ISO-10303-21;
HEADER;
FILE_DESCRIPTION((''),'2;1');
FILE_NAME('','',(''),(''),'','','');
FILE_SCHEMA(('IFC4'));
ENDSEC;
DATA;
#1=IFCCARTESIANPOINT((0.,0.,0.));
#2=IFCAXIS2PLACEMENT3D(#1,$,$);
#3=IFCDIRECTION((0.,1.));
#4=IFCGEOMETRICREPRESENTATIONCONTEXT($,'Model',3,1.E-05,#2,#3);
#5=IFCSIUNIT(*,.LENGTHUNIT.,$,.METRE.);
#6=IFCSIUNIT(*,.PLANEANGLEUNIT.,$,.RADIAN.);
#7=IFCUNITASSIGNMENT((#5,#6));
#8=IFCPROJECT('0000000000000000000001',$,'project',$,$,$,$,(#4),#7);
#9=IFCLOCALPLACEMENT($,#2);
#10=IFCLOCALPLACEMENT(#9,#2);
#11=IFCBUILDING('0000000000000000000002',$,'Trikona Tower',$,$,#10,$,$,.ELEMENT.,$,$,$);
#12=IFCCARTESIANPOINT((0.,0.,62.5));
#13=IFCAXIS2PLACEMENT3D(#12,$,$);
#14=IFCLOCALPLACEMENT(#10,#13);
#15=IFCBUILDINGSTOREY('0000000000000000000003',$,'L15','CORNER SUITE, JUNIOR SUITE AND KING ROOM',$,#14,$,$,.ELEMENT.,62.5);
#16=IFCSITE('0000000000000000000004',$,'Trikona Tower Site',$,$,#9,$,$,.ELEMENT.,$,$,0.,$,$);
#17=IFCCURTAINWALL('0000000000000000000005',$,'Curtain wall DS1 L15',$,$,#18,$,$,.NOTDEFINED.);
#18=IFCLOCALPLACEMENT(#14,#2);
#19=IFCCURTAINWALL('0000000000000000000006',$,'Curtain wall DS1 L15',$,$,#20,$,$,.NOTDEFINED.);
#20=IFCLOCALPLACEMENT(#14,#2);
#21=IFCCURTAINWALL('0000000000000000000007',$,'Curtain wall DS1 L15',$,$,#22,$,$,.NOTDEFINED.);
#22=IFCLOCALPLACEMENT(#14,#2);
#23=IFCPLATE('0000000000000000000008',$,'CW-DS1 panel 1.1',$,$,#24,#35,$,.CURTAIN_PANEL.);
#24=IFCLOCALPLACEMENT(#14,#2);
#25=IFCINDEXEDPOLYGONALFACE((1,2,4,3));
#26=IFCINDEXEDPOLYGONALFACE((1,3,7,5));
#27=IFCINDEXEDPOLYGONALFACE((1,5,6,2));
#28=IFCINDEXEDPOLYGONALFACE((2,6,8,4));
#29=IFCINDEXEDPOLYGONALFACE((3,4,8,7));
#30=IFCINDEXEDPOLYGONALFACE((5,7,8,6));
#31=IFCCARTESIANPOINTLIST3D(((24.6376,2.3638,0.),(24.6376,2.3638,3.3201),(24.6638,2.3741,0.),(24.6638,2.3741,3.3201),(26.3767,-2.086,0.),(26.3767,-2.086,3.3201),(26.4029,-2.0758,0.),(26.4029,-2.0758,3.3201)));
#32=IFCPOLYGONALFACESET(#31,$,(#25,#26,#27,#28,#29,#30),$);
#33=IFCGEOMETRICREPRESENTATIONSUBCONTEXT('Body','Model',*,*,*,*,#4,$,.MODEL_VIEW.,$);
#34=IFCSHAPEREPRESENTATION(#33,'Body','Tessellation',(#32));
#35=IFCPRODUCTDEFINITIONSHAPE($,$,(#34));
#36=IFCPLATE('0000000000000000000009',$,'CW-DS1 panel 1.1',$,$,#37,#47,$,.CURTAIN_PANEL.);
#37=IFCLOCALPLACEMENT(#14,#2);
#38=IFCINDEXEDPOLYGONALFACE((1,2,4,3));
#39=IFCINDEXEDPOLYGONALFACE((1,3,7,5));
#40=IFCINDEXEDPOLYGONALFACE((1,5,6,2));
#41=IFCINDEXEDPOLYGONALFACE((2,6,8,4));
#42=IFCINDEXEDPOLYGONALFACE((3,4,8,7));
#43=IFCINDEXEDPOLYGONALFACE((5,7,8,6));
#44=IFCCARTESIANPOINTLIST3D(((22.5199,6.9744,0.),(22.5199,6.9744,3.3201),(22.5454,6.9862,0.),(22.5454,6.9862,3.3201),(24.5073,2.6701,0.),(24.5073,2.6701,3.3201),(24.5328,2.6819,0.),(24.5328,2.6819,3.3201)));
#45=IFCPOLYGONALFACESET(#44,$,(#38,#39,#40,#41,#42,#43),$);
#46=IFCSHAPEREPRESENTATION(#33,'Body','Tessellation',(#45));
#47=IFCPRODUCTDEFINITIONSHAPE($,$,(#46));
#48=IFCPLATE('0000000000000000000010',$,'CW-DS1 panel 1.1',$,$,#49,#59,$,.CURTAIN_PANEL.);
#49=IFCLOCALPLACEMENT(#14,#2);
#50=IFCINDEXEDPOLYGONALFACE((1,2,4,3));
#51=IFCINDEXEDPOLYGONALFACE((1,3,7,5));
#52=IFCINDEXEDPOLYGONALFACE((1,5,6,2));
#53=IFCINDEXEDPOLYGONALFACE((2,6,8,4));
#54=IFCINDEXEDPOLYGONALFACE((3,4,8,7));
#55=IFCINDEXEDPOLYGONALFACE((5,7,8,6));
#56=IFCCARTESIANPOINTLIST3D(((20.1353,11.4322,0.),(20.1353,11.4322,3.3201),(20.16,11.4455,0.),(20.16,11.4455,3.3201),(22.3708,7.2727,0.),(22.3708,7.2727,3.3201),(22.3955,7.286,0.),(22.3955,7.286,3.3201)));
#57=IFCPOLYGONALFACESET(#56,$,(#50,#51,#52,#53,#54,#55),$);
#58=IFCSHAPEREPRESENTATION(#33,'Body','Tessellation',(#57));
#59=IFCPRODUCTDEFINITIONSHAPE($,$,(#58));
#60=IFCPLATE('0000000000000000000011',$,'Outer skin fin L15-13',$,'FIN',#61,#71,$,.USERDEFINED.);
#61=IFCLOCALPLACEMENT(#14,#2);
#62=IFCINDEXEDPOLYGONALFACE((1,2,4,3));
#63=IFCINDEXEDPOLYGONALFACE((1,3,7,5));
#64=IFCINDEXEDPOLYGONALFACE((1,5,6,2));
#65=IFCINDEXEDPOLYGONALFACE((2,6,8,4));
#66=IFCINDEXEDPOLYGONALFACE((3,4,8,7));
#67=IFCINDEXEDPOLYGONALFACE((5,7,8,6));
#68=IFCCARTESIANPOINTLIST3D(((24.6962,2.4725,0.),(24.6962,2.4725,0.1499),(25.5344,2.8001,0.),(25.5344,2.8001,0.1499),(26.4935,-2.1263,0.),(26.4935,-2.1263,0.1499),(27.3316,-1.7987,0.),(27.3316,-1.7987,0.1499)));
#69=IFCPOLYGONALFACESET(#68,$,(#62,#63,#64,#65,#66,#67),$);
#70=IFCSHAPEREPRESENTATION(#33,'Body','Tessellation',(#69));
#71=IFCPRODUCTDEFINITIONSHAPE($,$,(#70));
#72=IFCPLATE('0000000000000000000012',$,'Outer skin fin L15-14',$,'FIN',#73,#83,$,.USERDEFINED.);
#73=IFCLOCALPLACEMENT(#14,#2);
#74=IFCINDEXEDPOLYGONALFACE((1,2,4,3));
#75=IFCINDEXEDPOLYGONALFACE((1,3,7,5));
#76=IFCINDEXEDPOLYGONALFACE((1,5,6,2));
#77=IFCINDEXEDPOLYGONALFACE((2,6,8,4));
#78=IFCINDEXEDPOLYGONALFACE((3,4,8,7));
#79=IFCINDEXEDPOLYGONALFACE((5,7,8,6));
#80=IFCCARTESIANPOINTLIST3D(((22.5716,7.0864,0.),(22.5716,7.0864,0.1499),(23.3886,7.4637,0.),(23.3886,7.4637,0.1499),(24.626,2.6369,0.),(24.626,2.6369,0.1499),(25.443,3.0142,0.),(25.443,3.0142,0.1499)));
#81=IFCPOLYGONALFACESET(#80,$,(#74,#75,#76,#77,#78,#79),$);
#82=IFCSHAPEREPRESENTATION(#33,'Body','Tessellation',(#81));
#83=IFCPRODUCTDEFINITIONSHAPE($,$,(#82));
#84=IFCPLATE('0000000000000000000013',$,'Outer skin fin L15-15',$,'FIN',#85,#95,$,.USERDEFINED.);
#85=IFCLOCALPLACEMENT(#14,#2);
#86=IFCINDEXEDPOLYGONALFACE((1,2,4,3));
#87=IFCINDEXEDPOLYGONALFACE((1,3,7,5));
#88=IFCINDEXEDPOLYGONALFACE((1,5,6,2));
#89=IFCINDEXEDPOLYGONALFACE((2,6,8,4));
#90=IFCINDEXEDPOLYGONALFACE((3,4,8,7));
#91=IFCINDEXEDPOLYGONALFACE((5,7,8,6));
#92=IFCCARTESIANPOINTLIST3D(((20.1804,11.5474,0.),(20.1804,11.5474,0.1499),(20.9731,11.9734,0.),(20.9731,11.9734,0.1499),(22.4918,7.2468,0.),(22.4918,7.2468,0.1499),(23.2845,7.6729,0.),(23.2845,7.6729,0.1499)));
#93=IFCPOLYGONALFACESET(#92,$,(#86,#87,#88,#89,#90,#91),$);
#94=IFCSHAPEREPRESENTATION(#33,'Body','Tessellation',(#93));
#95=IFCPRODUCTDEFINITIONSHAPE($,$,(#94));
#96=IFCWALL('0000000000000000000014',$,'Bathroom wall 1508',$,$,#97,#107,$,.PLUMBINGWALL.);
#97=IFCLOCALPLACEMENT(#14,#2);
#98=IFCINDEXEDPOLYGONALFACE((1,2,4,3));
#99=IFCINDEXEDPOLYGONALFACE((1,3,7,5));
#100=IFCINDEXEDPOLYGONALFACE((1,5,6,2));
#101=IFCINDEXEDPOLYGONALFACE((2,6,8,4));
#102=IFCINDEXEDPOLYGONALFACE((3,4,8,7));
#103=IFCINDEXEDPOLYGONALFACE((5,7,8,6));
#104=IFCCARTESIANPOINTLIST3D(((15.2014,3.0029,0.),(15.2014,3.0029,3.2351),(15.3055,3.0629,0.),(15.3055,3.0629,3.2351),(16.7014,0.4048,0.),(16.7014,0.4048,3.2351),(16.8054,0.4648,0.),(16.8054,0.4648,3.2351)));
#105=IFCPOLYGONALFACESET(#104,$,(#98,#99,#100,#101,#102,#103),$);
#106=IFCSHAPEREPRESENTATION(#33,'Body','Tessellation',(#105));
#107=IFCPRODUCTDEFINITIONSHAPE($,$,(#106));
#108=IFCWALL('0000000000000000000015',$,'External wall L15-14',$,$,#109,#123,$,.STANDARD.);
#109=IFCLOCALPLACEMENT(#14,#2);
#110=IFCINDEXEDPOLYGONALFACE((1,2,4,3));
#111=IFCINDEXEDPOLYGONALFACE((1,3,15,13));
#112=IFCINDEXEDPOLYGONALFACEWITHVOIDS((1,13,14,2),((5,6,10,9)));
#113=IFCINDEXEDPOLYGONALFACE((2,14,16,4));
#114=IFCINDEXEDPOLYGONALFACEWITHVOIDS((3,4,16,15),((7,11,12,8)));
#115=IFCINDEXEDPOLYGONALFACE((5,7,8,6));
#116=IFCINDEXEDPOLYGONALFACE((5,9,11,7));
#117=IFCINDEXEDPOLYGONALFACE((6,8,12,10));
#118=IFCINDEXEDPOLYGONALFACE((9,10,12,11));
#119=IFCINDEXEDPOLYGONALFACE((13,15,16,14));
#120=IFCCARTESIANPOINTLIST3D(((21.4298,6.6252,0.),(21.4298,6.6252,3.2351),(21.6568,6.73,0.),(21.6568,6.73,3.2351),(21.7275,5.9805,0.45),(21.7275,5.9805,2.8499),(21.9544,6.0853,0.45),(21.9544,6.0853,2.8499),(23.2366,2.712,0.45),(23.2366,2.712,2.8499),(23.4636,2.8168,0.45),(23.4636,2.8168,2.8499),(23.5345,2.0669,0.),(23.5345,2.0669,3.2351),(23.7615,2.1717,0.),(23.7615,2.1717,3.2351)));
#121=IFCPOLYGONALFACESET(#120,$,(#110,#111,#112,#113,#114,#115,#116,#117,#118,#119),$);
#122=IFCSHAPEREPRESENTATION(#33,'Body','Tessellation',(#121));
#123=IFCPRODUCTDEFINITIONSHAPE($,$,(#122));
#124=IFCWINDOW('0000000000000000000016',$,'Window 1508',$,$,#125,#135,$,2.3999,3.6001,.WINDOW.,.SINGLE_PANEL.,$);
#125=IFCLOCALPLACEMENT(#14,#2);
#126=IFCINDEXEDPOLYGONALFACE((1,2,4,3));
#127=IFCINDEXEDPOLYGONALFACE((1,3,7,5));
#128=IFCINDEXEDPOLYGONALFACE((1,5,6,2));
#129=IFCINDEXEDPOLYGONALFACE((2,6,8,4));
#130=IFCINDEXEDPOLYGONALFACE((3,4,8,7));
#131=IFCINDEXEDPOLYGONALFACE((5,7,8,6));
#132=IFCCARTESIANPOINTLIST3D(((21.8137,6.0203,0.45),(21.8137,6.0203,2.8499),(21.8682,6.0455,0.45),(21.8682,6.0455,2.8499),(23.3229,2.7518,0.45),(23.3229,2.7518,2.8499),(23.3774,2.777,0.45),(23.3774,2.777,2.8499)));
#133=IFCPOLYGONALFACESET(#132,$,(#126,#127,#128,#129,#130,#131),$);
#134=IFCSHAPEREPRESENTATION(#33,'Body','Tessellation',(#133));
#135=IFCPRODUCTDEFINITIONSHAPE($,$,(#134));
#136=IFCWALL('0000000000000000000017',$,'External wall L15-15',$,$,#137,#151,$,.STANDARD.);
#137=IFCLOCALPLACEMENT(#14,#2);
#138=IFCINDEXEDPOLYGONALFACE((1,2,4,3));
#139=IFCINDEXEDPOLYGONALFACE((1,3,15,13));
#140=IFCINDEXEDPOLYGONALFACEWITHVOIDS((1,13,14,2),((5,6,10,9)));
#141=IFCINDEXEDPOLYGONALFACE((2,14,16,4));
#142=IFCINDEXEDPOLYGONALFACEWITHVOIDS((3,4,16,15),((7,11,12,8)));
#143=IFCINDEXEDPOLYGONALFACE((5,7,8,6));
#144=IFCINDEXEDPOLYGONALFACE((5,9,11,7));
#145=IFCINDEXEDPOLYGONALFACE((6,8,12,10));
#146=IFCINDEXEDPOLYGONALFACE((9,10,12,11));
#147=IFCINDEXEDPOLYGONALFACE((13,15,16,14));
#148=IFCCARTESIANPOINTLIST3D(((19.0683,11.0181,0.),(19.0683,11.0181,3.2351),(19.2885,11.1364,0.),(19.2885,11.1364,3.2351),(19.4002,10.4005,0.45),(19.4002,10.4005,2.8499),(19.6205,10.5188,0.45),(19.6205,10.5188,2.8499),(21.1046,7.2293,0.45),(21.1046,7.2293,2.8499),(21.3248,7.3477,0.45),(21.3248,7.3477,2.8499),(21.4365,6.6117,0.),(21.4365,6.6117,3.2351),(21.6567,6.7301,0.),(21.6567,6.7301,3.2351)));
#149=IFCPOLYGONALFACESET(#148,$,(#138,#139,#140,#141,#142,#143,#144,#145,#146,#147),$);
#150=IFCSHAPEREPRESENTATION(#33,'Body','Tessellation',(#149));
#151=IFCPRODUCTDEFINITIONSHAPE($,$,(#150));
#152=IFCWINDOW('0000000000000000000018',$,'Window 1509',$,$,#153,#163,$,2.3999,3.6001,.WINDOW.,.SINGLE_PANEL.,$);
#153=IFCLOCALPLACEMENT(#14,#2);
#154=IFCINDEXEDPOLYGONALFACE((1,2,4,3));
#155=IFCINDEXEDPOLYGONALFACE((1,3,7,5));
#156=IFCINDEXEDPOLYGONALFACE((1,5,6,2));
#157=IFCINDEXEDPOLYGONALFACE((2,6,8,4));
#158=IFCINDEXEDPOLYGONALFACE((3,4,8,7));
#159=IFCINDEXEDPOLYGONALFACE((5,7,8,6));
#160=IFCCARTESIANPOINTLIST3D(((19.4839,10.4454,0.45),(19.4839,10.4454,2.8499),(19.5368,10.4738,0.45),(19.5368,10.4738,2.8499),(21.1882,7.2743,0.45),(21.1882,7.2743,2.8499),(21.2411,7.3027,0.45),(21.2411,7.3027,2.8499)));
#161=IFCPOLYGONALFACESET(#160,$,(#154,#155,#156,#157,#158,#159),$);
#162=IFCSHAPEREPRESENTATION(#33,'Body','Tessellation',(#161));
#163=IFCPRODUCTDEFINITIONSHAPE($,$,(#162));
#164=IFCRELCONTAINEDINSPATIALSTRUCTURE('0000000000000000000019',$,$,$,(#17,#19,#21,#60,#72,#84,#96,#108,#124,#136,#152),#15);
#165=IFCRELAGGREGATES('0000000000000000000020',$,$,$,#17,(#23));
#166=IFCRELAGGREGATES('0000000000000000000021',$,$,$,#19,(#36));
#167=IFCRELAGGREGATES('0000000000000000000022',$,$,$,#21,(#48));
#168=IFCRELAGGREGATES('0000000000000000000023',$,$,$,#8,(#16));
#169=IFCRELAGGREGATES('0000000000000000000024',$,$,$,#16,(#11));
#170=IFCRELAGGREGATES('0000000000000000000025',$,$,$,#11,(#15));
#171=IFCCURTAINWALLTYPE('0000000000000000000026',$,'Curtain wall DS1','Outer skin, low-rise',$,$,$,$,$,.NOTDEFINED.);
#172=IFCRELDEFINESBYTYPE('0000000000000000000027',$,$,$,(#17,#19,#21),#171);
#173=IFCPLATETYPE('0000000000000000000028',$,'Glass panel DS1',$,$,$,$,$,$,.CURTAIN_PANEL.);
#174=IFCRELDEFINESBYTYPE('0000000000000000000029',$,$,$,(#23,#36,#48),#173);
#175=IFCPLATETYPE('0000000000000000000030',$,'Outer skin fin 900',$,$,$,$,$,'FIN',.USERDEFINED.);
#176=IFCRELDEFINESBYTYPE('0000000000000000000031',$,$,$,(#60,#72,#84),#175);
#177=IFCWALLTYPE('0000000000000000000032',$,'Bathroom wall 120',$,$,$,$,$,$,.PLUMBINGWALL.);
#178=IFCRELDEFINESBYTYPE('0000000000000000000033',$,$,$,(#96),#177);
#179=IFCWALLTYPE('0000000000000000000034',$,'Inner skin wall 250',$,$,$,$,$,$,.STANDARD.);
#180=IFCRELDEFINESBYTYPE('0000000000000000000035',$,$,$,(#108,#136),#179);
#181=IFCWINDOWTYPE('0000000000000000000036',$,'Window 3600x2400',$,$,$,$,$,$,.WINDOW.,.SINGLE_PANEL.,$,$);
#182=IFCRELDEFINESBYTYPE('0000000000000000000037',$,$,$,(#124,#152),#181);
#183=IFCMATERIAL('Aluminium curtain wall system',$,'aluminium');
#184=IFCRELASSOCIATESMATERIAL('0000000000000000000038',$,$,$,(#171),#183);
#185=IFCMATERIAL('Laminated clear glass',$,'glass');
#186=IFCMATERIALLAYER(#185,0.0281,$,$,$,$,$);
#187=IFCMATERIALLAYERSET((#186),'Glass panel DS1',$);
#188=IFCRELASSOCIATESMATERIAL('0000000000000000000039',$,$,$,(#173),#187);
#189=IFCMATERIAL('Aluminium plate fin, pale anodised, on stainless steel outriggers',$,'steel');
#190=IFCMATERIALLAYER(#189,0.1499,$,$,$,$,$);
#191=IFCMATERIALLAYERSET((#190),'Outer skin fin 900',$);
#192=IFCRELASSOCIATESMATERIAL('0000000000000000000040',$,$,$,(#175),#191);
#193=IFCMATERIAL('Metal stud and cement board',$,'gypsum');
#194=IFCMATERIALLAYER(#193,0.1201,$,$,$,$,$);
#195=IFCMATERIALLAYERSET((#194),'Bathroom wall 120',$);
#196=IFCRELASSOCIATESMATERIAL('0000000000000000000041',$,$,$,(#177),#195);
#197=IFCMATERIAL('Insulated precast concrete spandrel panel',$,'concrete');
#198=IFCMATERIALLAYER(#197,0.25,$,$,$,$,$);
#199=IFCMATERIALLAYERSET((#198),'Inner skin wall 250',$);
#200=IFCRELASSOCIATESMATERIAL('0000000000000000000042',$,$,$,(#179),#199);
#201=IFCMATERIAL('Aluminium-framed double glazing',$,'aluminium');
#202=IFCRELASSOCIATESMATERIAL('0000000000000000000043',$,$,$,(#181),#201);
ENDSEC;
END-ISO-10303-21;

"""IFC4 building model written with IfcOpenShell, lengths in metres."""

from ifc_helpers import new_model, si_unit, direction, frame, frame_2d, origin, origin_2d, place, context, subcontext, project, spatial, rectangle, extrude, material, layer, layer_set, type_object, element, fill, aggregate, save


model = new_model("IFC4")

# Units and contexts
model_context = context("Model", 3, precision=1e-05, world=origin(), true_north=direction((0.0, 1.0)))
body_context = subcontext(model_context, "Body", "Model", "MODEL_VIEW")
ifc_project = project(units=[si_unit("LENGTHUNIT", "METRE"), si_unit("PLANEANGLEUNIT", "RADIAN")], contexts=[model_context])

# Site, building, storey
site_placement = place(None, origin())
site = spatial("IfcSite", under=ifc_project, at=site_placement, Name="Trikona Tower Site", CompositionType="ELEMENT", RefElevation=0.0)
building_placement = place(site_placement, origin())
building = spatial("IfcBuilding", under=site, at=building_placement, Name="Trikona Tower", CompositionType="ELEMENT")
storey_placement = place(building_placement, frame((0.0, 0.0, 62.5)))
storey = spatial("IfcBuildingStorey", under=building, at=storey_placement, Name="L15", Description="CORNER SUITE, JUNIOR SUITE AND KING ROOM", CompositionType="ELEMENT", Elevation=62.5)

# Curtain wall
ifc_material_1 = material(Name="Aluminium curtain wall system", Category="aluminium")
curtain_wall_type = type_object("IfcCurtainWallType", Name="Curtain wall DS1", Description="Outer skin, low-rise", PredefinedType="NOTDEFINED", material=ifc_material_1)
curtain_wall_1_placement = place(storey_placement, origin())
curtain_wall_1 = element("IfcCurtainWall", 1, at=curtain_wall_1_placement, inside=storey, type_object=curtain_wall_type, Name="Curtain wall DS1 L15", PredefinedType="NOTDEFINED")

# Curtain walls
curtain_wall_2_placement = place(storey_placement, origin())
curtain_wall_2 = element("IfcCurtainWall", 2, at=curtain_wall_2_placement, inside=storey, type_object=curtain_wall_type, Name="Curtain wall DS1 L15", PredefinedType="NOTDEFINED")
curtain_wall_3_placement = place(storey_placement, origin())
curtain_wall_3 = element("IfcCurtainWall", 3, at=curtain_wall_3_placement, inside=storey, type_object=curtain_wall_type, Name="Curtain wall DS1 L15", PredefinedType="NOTDEFINED")

# Plates
ifc_material_2 = material(Name="Laminated clear glass", Category="glass")
ifc_layer_1 = layer(ifc_material_2, 0.0281)
ifc_layer_set_1 = layer_set([ifc_layer_1], Name="Glass panel DS1")
plate_type_1 = type_object("IfcPlateType", Name="Glass panel DS1", PredefinedType="CURTAIN_PANEL", material=ifc_layer_set_1)
plate_1_placement = place(storey_placement, frame((25.5203, 0.144, 0.0), z_axis=(0.0, 0.0, 1.0), x_axis=(-0.364008, 0.931396, 0.0)))
plate_1 = element("IfcPlate", 4, at=plate_1_placement, type_object=plate_type_1, Name="CW-DS1 panel 1.1", PredefinedType="CURTAIN_PANEL", context=body_context, shape_type="SweptSolid", body=[
    extrude(rectangle(XDim=4.7776, YDim=0.0281, at=origin_2d()), origin(), (0.0, 0.0, 1.0), 3.3201),
])
aggregate(curtain_wall_1, [plate_1])
plate_2_placement = place(storey_placement, frame((23.5264, 4.8281, 0.0), z_axis=(0.0, 0.0, 1.0), x_axis=(-0.41919, 0.907898, 0.0)))
plate_2 = element("IfcPlate", 5, at=plate_2_placement, type_object=plate_type_1, Name="CW-DS1 panel 1.1", PredefinedType="CURTAIN_PANEL", context=body_context, shape_type="SweptSolid", body=[
    extrude(rectangle(XDim=4.741, YDim=0.0281, at=origin_2d()), origin(), (0.0, 0.0, 1.0), 3.3201),
])
aggregate(curtain_wall_2, [plate_2])
plate_3_placement = place(storey_placement, frame((21.2654, 9.3591, 0.0), z_axis=(0.0, 0.0, 1.0), x_axis=(-0.473408, 0.880843, 0.0)))
plate_3 = element("IfcPlate", 6, at=plate_3_placement, type_object=plate_type_1, Name="CW-DS1 panel 1.1", PredefinedType="CURTAIN_PANEL", context=body_context, shape_type="SweptSolid", body=[
    extrude(rectangle(XDim=4.7222, YDim=0.0281, at=origin_2d()), origin(), (0.0, 0.0, 1.0), 3.3201),
])
aggregate(curtain_wall_3, [plate_3])

# Plates
ifc_material_3 = material(Name="Aluminium plate fin, pale anodised, on stainless steel outriggers", Category="steel")
ifc_layer_2 = layer(ifc_material_3, 0.1499)
ifc_layer_set_2 = layer_set([ifc_layer_2], Name="Outer skin fin 900")
plate_type_2 = type_object("IfcPlateType", Name="Outer skin fin 900", ElementType="FIN", PredefinedType="USERDEFINED", material=ifc_layer_set_2)
plate_4_placement = place(storey_placement, frame((26.0139, 0.3369, 0.0), z_axis=(0.0, 0.0, 1.0), x_axis=(-0.364009, 0.931395, 0.0)))
element("IfcPlate", 7, at=plate_4_placement, inside=storey, type_object=plate_type_2, Name="Outer skin fin L15-13", ObjectType="FIN", PredefinedType="USERDEFINED", context=body_context, shape_type="SweptSolid", body=[
    extrude(rectangle(XDim=4.9375, YDim=0.8999, at=origin_2d()), origin(), (0.0, 0.0, 1.0), 0.1499),
])
plate_5_placement = place(storey_placement, frame((24.0073, 5.0503, 0.0), z_axis=(0.0, 0.0, 1.0), x_axis=(-0.419194, 0.907897, 0.0)))
element("IfcPlate", 8, at=plate_5_placement, inside=storey, type_object=plate_type_2, Name="Outer skin fin L15-14", ObjectType="FIN", PredefinedType="USERDEFINED", context=body_context, shape_type="SweptSolid", body=[
    extrude(rectangle(XDim=4.9009, YDim=0.8999, at=origin_2d()), origin(), (0.0, 0.0, 1.0), 0.1499),
])
plate_6_placement = place(storey_placement, frame((21.7324, 9.6101, 0.0), z_axis=(0.0, 0.0, 1.0), x_axis=(-0.473423, 0.880835, 0.0)))
element("IfcPlate", 9, at=plate_6_placement, inside=storey, type_object=plate_type_2, Name="Outer skin fin L15-15", ObjectType="FIN", PredefinedType="USERDEFINED", context=body_context, shape_type="SweptSolid", body=[
    extrude(rectangle(XDim=4.8823, YDim=0.8999, at=origin_2d()), origin(), (0.0, 0.0, 1.0), 0.1499),
])

# Wall
ifc_material_4 = material(Name="Metal stud and cement board", Category="gypsum")
ifc_layer_3 = layer(ifc_material_4, 0.1201)
ifc_layer_set_3 = layer_set([ifc_layer_3], Name="Bathroom wall 120")
wall_type_1 = type_object("IfcWallType", Name="Bathroom wall 120", PredefinedType="PLUMBINGWALL", material=ifc_layer_set_3)
wall_1_placement = place(storey_placement, frame((16.7534, 0.4348, 0.0), z_axis=(0.0, 0.0, 1.0), x_axis=(-0.49999, 0.866031, 0.0)))
element("IfcWall", 10, at=wall_1_placement, inside=storey, type_object=wall_type_1, Name="Bathroom wall 1508", PredefinedType="PLUMBINGWALL", context=body_context, shape_type="SweptSolid", body=[
    extrude(rectangle(XDim=3.0, YDim=0.1201, at=frame_2d((1.5, 0.0))), origin(), (0.0, 0.0, 1.0), 3.2351),
])

# Walls, openings, windows
ifc_material_5 = material(Name="Insulated precast concrete spandrel panel", Category="concrete")
ifc_layer_4 = layer(ifc_material_5, 0.25)
ifc_layer_set_4 = layer_set([ifc_layer_4], Name="Inner skin wall 250")
wall_type_2 = type_object("IfcWallType", Name="Inner skin wall 250", PredefinedType="STANDARD", material=ifc_layer_set_4)
wall_2_placement = place(storey_placement, frame((23.6479, 2.1194, 0.0), z_axis=(0.0, 0.0, 1.0), x_axis=(-0.419203, 0.907892, 0.0)))
wall_2 = element("IfcWall", 11, at=wall_2_placement, inside=storey, type_object=wall_type_2, Name="External wall L15-14", PredefinedType="STANDARD", context=body_context, shape_type="SweptSolid", body=[
    extrude(rectangle(XDim=5.0208, YDim=0.25, at=frame_2d((2.5103, 0.0))), origin(), (0.0, 0.0, 1.0), 3.2351),
])
opening_1_placement = place(wall_2_placement, frame((0.7104, 0.0, 0.45)))
opening_1 = element("IfcOpeningElement", 12, at=opening_1_placement, cuts=wall_2, PredefinedType="OPENING", context=body_context, shape_type="SweptSolid", body=[
    extrude(rectangle(XDim=3.6001, YDim=2.3999, at=frame_2d((1.8, 1.2))), frame((0.0, 0.135, 0.0), z_axis=(0.0, -1.0, 0.0), x_axis=(1.0, 0.0, 0.0)), (0.0, 0.0, 1.0), 0.27),
])
ifc_material_6 = material(Name="Aluminium-framed double glazing", Category="aluminium")
window_type = type_object("IfcWindowType", Name="Window 3600x2400", PartitioningType="SINGLE_PANEL", PredefinedType="WINDOW", material=ifc_material_6)
window_1_placement = place(opening_1_placement, origin())
window_1 = element("IfcWindow", 13, at=window_1_placement, inside=storey, type_object=window_type, Name="Window 1508", OverallHeight=2.3999, OverallWidth=3.6001, PartitioningType="SINGLE_PANEL", PredefinedType="WINDOW", context=body_context, shape_type="SweptSolid", body=[
    extrude(rectangle(XDim=3.6001, YDim=2.3999, at=frame_2d((1.8, 1.2))), frame((0.0, 0.03, 0.0), z_axis=(0.0, -1.0, 0.0), x_axis=(1.0, 0.0, 0.0)), (0.0, 0.0, 1.0), 0.0601),
])
fill(opening_1, window_1)
wall_3_placement = place(storey_placement, frame((21.5466, 6.6709, 0.0), z_axis=(0.0, 0.0, 1.0), x_axis=(-0.473413, 0.880841, 0.0)))
wall_3 = element("IfcWall", 14, at=wall_3_placement, inside=storey, type_object=wall_type_2, Name="External wall L15-15", PredefinedType="STANDARD", context=body_context, shape_type="SweptSolid", body=[
    extrude(rectangle(XDim=5.0024, YDim=0.25, at=frame_2d((2.5012, 0.0))), origin(), (0.0, 0.0, 1.0), 3.2351),
])
opening_2_placement = place(wall_3_placement, frame((0.7012, 0.0, 0.45)))
opening_2 = element("IfcOpeningElement", 15, at=opening_2_placement, cuts=wall_3, PredefinedType="OPENING", context=body_context, shape_type="SweptSolid", body=[
    extrude(rectangle(XDim=3.6001, YDim=2.3999, at=frame_2d((1.8, 1.2))), frame((0.0, 0.135, 0.0), z_axis=(0.0, -1.0, 0.0), x_axis=(1.0, 0.0, 0.0)), (0.0, 0.0, 1.0), 0.27),
])
window_2_placement = place(opening_2_placement, origin())
window_2 = element("IfcWindow", 16, at=window_2_placement, inside=storey, type_object=window_type, Name="Window 1509", OverallHeight=2.3999, OverallWidth=3.6001, PartitioningType="SINGLE_PANEL", PredefinedType="WINDOW", context=body_context, shape_type="SweptSolid", body=[
    extrude(rectangle(XDim=3.6001, YDim=2.3999, at=frame_2d((1.8, 1.2))), frame((0.0, 0.03, 0.0), z_axis=(0.0, -1.0, 0.0), x_axis=(1.0, 0.0, 0.0)), (0.0, 0.0, 1.0), 0.0601),
])
fill(opening_2, window_2)

save(model, "model.ifc")
